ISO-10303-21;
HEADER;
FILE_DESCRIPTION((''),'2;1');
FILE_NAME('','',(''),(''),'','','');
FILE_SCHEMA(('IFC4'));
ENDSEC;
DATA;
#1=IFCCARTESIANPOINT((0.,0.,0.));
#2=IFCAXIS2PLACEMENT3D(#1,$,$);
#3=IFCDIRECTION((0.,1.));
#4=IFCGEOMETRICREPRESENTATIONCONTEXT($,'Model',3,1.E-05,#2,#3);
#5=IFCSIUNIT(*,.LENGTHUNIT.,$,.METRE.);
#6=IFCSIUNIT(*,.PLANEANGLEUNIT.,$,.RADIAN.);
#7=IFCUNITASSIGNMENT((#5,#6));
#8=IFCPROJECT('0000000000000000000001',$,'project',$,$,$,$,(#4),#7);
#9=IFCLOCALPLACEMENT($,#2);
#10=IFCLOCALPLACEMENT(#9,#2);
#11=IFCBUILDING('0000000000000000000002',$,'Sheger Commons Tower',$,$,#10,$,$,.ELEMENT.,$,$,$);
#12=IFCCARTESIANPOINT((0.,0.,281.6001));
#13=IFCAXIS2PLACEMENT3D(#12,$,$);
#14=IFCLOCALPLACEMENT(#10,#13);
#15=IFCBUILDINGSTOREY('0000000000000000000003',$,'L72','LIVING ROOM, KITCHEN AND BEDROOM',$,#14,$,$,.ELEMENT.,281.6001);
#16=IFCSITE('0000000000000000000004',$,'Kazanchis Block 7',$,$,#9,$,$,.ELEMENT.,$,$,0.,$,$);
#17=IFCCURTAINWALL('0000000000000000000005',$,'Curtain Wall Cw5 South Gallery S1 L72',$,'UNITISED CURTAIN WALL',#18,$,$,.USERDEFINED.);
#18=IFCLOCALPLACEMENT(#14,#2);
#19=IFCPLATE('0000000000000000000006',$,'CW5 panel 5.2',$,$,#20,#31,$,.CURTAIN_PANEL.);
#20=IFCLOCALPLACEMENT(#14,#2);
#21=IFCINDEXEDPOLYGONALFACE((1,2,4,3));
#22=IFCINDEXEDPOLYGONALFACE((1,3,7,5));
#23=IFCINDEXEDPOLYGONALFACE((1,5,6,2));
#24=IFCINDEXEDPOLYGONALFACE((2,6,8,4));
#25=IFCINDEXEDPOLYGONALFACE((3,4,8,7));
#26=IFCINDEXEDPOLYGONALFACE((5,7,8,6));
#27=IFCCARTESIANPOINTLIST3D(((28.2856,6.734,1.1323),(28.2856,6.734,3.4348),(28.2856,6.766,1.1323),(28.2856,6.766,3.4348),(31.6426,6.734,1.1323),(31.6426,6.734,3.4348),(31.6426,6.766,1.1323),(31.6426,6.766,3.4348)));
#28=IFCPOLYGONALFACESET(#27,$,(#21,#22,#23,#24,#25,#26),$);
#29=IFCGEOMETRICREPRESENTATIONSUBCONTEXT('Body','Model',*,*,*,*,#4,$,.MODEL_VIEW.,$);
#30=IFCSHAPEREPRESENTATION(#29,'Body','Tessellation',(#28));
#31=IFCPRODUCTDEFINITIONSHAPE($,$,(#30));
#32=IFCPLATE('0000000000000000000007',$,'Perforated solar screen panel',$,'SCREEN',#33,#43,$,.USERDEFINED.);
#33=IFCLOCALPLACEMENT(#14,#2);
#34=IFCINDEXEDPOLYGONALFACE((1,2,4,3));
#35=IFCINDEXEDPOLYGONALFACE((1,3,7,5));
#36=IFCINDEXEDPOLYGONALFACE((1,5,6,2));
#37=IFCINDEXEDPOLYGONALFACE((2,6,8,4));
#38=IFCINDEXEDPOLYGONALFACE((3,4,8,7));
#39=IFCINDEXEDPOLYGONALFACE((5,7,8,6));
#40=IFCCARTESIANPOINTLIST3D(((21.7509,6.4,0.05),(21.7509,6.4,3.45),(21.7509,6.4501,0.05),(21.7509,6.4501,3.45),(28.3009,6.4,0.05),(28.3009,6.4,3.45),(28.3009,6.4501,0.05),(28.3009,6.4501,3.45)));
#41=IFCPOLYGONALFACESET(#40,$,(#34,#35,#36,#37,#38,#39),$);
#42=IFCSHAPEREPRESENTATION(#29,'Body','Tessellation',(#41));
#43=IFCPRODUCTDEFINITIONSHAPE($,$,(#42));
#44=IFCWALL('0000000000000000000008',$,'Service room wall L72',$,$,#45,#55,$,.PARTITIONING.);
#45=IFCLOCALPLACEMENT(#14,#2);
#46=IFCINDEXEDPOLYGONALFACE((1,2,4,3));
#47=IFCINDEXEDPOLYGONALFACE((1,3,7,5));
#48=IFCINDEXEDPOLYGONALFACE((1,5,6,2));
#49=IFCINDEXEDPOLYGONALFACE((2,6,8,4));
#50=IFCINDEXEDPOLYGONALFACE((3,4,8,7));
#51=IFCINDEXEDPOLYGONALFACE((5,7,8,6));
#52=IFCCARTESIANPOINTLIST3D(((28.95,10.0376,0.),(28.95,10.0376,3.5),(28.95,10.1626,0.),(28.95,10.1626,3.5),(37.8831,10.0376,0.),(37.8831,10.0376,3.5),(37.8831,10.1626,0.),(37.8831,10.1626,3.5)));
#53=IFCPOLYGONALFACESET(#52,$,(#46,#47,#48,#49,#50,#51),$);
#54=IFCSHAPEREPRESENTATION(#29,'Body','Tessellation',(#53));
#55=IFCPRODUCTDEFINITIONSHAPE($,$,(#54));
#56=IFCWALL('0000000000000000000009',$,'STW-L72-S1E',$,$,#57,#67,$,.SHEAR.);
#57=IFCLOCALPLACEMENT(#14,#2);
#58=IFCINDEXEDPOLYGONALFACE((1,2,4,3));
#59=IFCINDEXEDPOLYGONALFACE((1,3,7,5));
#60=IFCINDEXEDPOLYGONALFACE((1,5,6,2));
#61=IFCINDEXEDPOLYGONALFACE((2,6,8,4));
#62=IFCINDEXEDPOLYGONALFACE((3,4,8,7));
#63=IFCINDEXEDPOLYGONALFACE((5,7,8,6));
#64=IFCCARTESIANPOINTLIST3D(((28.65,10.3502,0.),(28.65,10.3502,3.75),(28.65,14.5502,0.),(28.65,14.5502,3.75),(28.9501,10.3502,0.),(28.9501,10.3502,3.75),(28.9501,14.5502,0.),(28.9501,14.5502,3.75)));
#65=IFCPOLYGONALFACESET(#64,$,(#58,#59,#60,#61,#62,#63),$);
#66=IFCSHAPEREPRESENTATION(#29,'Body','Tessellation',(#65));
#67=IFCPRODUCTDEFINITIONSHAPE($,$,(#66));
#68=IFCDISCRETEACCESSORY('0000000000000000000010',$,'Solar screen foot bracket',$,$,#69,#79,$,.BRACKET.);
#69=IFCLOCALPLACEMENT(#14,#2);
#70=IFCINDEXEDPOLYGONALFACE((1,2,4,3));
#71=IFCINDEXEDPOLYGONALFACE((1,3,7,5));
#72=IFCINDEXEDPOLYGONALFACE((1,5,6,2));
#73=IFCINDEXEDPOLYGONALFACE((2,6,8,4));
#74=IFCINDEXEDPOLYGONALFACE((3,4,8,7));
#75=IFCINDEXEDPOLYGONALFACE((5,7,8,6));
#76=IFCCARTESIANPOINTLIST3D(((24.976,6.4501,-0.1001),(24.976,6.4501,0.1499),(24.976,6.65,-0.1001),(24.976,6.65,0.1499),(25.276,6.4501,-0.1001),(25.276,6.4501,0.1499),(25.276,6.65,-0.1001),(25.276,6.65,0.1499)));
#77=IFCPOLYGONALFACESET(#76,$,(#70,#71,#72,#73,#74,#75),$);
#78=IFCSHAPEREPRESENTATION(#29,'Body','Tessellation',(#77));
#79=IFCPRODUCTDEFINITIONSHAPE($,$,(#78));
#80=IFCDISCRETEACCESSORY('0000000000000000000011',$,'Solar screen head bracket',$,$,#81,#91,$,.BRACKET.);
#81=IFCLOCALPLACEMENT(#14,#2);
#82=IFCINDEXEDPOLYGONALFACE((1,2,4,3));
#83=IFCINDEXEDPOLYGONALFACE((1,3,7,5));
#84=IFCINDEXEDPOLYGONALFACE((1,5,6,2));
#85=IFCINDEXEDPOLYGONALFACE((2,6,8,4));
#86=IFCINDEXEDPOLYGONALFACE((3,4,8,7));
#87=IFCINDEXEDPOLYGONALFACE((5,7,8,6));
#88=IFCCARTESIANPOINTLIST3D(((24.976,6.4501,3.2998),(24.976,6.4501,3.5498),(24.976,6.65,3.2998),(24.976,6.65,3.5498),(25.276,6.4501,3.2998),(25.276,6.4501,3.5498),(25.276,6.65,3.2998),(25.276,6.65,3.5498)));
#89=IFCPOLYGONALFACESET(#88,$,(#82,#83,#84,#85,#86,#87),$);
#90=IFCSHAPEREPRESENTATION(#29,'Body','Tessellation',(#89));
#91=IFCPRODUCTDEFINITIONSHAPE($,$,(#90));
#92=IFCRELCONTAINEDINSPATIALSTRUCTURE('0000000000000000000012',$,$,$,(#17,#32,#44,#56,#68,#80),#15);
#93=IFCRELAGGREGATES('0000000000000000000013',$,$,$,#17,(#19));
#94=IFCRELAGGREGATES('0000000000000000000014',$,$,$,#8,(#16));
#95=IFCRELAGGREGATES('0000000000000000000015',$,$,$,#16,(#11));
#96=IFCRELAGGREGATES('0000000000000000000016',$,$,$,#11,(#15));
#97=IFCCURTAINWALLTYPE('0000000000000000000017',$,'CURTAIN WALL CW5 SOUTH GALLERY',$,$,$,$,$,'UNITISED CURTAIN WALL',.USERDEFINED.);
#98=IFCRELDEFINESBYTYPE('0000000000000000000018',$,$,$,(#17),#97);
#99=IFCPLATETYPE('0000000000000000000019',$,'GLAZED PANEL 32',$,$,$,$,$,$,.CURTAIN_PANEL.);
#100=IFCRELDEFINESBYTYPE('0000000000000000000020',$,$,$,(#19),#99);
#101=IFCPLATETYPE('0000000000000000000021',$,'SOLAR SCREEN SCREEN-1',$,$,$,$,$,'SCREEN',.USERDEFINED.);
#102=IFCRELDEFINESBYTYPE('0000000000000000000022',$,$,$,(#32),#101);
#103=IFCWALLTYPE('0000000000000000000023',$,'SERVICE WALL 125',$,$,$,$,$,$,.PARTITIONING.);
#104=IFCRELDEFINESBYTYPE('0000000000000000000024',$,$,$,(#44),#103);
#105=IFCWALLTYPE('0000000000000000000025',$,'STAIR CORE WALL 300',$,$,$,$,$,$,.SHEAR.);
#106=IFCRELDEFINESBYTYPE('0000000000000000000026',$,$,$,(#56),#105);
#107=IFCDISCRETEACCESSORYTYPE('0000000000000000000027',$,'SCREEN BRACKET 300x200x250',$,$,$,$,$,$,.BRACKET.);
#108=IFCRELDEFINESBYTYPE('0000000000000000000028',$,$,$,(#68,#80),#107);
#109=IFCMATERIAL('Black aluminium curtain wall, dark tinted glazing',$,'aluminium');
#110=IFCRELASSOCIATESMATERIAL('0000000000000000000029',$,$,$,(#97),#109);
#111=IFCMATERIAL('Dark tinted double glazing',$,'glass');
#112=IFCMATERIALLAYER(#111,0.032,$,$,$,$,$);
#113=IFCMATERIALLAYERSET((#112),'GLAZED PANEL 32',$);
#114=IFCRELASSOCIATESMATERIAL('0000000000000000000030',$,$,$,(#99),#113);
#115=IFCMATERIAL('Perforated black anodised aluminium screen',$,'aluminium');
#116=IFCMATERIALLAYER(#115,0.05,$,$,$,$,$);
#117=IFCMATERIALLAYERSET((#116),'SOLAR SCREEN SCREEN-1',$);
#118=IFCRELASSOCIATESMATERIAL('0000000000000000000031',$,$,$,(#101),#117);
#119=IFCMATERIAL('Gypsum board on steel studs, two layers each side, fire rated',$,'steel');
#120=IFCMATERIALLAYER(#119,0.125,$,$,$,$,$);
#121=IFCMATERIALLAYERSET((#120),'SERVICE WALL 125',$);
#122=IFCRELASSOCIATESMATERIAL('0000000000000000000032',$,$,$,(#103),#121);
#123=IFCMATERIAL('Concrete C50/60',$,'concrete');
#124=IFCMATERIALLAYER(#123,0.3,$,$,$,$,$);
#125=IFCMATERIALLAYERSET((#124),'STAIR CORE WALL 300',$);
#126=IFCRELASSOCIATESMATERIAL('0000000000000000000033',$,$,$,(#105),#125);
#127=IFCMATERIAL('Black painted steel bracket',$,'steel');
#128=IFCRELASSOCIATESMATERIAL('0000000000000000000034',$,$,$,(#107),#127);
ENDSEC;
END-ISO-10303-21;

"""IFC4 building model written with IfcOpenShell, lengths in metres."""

from ifc_helpers import new_model, si_unit, direction, frame, frame_2d, origin, origin_2d, place, context, subcontext, project, spatial, rectangle, extrude, material, layer, layer_set, type_object, element, aggregate, save


model = new_model("IFC4")

# Units and contexts
model_context = context("Model", 3, precision=1e-05, world=origin(), true_north=direction((0.0, 1.0)))
body_context = subcontext(model_context, "Body", "Model", "MODEL_VIEW")
ifc_project = project(units=[si_unit("LENGTHUNIT", "METRE"), si_unit("PLANEANGLEUNIT", "RADIAN")], contexts=[model_context])

# Site, building, storey
site_placement = place(None, origin())
site = spatial("IfcSite", under=ifc_project, at=site_placement, Name="Kazanchis Block 7", CompositionType="ELEMENT", RefElevation=0.0)
building_placement = place(site_placement, origin())
building = spatial("IfcBuilding", under=site, at=building_placement, Name="Sheger Commons Tower", CompositionType="ELEMENT")
storey_placement = place(building_placement, frame((0.0, 0.0, 281.6001)))
storey = spatial("IfcBuildingStorey", under=building, at=storey_placement, Name="L72", Description="LIVING ROOM, KITCHEN AND BEDROOM", CompositionType="ELEMENT", Elevation=281.6001)

# Curtain wall
ifc_material_1 = material(Name="Black aluminium curtain wall, dark tinted glazing", Category="aluminium")
curtain_wall_type = type_object("IfcCurtainWallType", Name="CURTAIN WALL CW5 SOUTH GALLERY", ElementType="UNITISED CURTAIN WALL", PredefinedType="USERDEFINED", material=ifc_material_1)
curtain_wall_placement = place(storey_placement, origin())
curtain_wall = element("IfcCurtainWall", 1, at=curtain_wall_placement, inside=storey, type_object=curtain_wall_type, Name="Curtain Wall Cw5 South Gallery S1 L72", ObjectType="UNITISED CURTAIN WALL", PredefinedType="USERDEFINED")

# Plates
ifc_material_2 = material(Name="Dark tinted double glazing", Category="glass")
ifc_layer_1 = layer(ifc_material_2, 0.032)
ifc_layer_set_1 = layer_set([ifc_layer_1], Name="GLAZED PANEL 32")
plate_type_1 = type_object("IfcPlateType", Name="GLAZED PANEL 32", PredefinedType="CURTAIN_PANEL", material=ifc_layer_set_1)
plate_1_placement = place(storey_placement, frame((29.9641, 6.75, 1.1323), z_axis=(0.0, 0.0, 1.0), x_axis=(1.0, 0.0, 0.0)))
plate_1 = element("IfcPlate", 2, at=plate_1_placement, type_object=plate_type_1, Name="CW5 panel 5.2", PredefinedType="CURTAIN_PANEL", context=body_context, shape_type="SweptSolid", body=[
    extrude(rectangle(XDim=3.3569, YDim=0.032, at=origin_2d()), origin(), (0.0, 0.0, 1.0), 2.3025),
])
aggregate(curtain_wall, [plate_1])
ifc_material_3 = material(Name="Perforated black anodised aluminium screen", Category="aluminium")
ifc_layer_2 = layer(ifc_material_3, 0.05)
ifc_layer_set_2 = layer_set([ifc_layer_2], Name="SOLAR SCREEN SCREEN-1")
plate_type_2 = type_object("IfcPlateType", Name="SOLAR SCREEN SCREEN-1", ElementType="SCREEN", PredefinedType="USERDEFINED", material=ifc_layer_set_2)
plate_2_placement = place(storey_placement, frame((25.0259, 6.425, 0.05), z_axis=(0.0, 0.0, 1.0), x_axis=(1.0, 0.0, 0.0)))
element("IfcPlate", 3, at=plate_2_placement, inside=storey, type_object=plate_type_2, Name="Perforated solar screen panel", ObjectType="SCREEN", PredefinedType="USERDEFINED", context=body_context, shape_type="SweptSolid", body=[
    extrude(rectangle(XDim=6.55, YDim=0.05, at=origin_2d()), origin(), (0.0, 0.0, 1.0), 3.3999),
])

# Walls
ifc_material_4 = material(Name="Gypsum board on steel studs, two layers each side, fire rated", Category="steel")
ifc_layer_3 = layer(ifc_material_4, 0.125)
ifc_layer_set_3 = layer_set([ifc_layer_3], Name="SERVICE WALL 125")
wall_type_1 = type_object("IfcWallType", Name="SERVICE WALL 125", PredefinedType="PARTITIONING", material=ifc_layer_set_3)
wall_1_placement = place(storey_placement, frame((28.95, 10.1001, 0.0), z_axis=(0.0, 0.0, 1.0), x_axis=(1.0, 0.0, 0.0)))
element("IfcWall", 4, at=wall_1_placement, inside=storey, type_object=wall_type_1, Name="Service room wall L72", PredefinedType="PARTITIONING", context=body_context, shape_type="SweptSolid", body=[
    extrude(rectangle(XDim=8.9331, YDim=0.125, at=frame_2d((4.4666, 0.0))), origin(), (0.0, 0.0, 1.0), 3.5),
])
ifc_material_5 = material(Name="Concrete C50/60", Category="concrete")
ifc_layer_4 = layer(ifc_material_5, 0.3)
ifc_layer_set_4 = layer_set([ifc_layer_4], Name="STAIR CORE WALL 300")
wall_type_2 = type_object("IfcWallType", Name="STAIR CORE WALL 300", PredefinedType="SHEAR", material=ifc_layer_set_4)
wall_2_placement = place(storey_placement, frame((28.8, 10.3501, 0.0), z_axis=(0.0, 0.0, 1.0), x_axis=(0.0, 1.0, 0.0)))
element("IfcWall", 5, at=wall_2_placement, inside=storey, type_object=wall_type_2, Name="STW-L72-S1E", PredefinedType="SHEAR", context=body_context, shape_type="SweptSolid", body=[
    extrude(rectangle(XDim=4.2, YDim=0.3, at=frame_2d((2.1001, 0.0))), origin(), (0.0, 0.0, 1.0), 3.75),
])

# Discrete accessories
ifc_material_6 = material(Name="Black painted steel bracket", Category="steel")
discrete_accessory_type = type_object("IfcDiscreteAccessoryType", Name="SCREEN BRACKET 300x200x250", PredefinedType="BRACKET", material=ifc_material_6)
for number, where, z_axis, x_axis, name in (
    (6, (25.126, 6.55, -0.1001), (0.0, 0.0, 1.0), (1.0, 0.0, 0.0), "Solar screen foot bracket"),
    (7, (25.126, 6.55, 3.2998), (0.0, 0.0, 1.0), (1.0, 0.0, 0.0), "Solar screen head bracket"),
):
    element("IfcDiscreteAccessory", number, at=place(storey_placement, frame(where, z_axis=z_axis, x_axis=x_axis)), inside=storey, type_object=discrete_accessory_type, Name=name, PredefinedType="BRACKET", context=body_context, shape_type="SweptSolid", body=[
        extrude(rectangle(XDim=0.3, YDim=0.2, at=origin_2d()), origin(), (0.0, 0.0, 1.0), 0.25),
    ])

save(model, "model.ifc")
